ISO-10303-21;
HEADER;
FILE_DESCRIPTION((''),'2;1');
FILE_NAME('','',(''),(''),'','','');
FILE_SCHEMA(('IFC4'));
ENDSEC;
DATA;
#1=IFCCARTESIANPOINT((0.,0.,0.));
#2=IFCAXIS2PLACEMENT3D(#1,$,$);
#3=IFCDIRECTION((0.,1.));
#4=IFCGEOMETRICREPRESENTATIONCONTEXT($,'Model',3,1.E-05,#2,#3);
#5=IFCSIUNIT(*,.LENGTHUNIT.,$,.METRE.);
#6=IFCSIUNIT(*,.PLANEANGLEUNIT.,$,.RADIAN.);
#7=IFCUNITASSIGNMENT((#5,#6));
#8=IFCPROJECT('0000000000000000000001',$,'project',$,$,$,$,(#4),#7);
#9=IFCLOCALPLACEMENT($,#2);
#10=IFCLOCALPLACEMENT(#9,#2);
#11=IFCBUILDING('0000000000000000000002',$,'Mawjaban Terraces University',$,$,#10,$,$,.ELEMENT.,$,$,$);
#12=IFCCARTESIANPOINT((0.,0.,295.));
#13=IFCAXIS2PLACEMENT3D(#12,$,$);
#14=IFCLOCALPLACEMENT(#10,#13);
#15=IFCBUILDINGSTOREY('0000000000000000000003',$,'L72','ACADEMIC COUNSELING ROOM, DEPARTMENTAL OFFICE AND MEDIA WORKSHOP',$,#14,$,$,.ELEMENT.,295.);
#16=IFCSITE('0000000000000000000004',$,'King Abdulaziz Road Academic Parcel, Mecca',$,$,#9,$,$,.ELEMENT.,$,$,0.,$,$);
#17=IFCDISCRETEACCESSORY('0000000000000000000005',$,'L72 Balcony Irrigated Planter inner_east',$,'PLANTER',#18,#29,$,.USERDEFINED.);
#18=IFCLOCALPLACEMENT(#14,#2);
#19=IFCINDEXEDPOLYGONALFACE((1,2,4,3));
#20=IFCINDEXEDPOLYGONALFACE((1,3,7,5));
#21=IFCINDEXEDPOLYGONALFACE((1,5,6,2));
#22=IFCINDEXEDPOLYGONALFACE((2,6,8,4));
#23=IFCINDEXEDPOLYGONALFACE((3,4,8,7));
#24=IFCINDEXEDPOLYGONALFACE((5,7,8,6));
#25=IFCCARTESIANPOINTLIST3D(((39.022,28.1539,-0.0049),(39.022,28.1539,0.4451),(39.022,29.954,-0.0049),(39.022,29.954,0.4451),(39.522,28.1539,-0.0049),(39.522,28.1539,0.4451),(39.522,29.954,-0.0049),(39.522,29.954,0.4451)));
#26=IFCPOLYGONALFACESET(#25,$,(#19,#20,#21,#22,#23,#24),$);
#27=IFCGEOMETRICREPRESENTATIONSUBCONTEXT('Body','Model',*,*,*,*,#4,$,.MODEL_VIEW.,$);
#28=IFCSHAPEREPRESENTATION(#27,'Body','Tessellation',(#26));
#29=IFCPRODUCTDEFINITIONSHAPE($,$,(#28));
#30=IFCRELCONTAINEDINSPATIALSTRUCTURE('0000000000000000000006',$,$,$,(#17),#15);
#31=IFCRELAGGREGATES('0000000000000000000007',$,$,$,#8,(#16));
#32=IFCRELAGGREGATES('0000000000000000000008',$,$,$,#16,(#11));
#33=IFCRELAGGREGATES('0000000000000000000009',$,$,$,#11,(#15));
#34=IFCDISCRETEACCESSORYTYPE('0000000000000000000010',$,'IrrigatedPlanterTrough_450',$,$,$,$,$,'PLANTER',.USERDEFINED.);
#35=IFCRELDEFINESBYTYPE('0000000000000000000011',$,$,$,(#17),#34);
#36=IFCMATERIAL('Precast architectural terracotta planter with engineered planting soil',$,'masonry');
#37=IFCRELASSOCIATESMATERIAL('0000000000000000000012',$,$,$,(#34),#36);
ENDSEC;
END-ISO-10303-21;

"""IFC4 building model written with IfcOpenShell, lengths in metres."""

from ifc_helpers import new_model, si_unit, direction, frame, origin, origin_2d, place, context, subcontext, project, spatial, rectangle, extrude, material, type_object, element, save


model = new_model("IFC4")

# Units and contexts
model_context = context("Model", 3, precision=1e-05, world=origin(), true_north=direction((0.0, 1.0)))
body_context = subcontext(model_context, "Body", "Model", "MODEL_VIEW")
ifc_project = project(units=[si_unit("LENGTHUNIT", "METRE"), si_unit("PLANEANGLEUNIT", "RADIAN")], contexts=[model_context])

# Site, building, storey
site_placement = place(None, origin())
site = spatial("IfcSite", under=ifc_project, at=site_placement, Name="King Abdulaziz Road Academic Parcel, Mecca", CompositionType="ELEMENT", RefElevation=0.0)
building_placement = place(site_placement, origin())
building = spatial("IfcBuilding", under=site, at=building_placement, Name="Mawjaban Terraces University", CompositionType="ELEMENT")
storey_placement = place(building_placement, frame((0.0, 0.0, 295.0)))
storey = spatial("IfcBuildingStorey", under=building, at=storey_placement, Name="L72", Description="ACADEMIC COUNSELING ROOM, DEPARTMENTAL OFFICE AND MEDIA WORKSHOP", CompositionType="ELEMENT", Elevation=295.0)

# Discrete accessory
ifc_material_1 = material(Name="Precast architectural terracotta planter with engineered planting soil", Category="masonry")
discrete_accessory_type = type_object("IfcDiscreteAccessoryType", Name="IrrigatedPlanterTrough_450", ElementType="PLANTER", PredefinedType="USERDEFINED", material=ifc_material_1)
discrete_accessory_placement = place(storey_placement, frame((39.272, 29.054, -0.0049), z_axis=(0.0, 0.0, 1.0), x_axis=(0.0, 1.0, 0.0)))
element("IfcDiscreteAccessory", 1, at=discrete_accessory_placement, inside=storey, type_object=discrete_accessory_type, Name="L72 Balcony Irrigated Planter inner_east", ObjectType="PLANTER", PredefinedType="USERDEFINED", context=body_context, shape_type="SweptSolid", body=[
    extrude(rectangle(XDim=1.8, YDim=0.5, at=origin_2d()), origin(), (0.0, 0.0, 1.0), 0.45),
])

save(model, "model.ifc")
